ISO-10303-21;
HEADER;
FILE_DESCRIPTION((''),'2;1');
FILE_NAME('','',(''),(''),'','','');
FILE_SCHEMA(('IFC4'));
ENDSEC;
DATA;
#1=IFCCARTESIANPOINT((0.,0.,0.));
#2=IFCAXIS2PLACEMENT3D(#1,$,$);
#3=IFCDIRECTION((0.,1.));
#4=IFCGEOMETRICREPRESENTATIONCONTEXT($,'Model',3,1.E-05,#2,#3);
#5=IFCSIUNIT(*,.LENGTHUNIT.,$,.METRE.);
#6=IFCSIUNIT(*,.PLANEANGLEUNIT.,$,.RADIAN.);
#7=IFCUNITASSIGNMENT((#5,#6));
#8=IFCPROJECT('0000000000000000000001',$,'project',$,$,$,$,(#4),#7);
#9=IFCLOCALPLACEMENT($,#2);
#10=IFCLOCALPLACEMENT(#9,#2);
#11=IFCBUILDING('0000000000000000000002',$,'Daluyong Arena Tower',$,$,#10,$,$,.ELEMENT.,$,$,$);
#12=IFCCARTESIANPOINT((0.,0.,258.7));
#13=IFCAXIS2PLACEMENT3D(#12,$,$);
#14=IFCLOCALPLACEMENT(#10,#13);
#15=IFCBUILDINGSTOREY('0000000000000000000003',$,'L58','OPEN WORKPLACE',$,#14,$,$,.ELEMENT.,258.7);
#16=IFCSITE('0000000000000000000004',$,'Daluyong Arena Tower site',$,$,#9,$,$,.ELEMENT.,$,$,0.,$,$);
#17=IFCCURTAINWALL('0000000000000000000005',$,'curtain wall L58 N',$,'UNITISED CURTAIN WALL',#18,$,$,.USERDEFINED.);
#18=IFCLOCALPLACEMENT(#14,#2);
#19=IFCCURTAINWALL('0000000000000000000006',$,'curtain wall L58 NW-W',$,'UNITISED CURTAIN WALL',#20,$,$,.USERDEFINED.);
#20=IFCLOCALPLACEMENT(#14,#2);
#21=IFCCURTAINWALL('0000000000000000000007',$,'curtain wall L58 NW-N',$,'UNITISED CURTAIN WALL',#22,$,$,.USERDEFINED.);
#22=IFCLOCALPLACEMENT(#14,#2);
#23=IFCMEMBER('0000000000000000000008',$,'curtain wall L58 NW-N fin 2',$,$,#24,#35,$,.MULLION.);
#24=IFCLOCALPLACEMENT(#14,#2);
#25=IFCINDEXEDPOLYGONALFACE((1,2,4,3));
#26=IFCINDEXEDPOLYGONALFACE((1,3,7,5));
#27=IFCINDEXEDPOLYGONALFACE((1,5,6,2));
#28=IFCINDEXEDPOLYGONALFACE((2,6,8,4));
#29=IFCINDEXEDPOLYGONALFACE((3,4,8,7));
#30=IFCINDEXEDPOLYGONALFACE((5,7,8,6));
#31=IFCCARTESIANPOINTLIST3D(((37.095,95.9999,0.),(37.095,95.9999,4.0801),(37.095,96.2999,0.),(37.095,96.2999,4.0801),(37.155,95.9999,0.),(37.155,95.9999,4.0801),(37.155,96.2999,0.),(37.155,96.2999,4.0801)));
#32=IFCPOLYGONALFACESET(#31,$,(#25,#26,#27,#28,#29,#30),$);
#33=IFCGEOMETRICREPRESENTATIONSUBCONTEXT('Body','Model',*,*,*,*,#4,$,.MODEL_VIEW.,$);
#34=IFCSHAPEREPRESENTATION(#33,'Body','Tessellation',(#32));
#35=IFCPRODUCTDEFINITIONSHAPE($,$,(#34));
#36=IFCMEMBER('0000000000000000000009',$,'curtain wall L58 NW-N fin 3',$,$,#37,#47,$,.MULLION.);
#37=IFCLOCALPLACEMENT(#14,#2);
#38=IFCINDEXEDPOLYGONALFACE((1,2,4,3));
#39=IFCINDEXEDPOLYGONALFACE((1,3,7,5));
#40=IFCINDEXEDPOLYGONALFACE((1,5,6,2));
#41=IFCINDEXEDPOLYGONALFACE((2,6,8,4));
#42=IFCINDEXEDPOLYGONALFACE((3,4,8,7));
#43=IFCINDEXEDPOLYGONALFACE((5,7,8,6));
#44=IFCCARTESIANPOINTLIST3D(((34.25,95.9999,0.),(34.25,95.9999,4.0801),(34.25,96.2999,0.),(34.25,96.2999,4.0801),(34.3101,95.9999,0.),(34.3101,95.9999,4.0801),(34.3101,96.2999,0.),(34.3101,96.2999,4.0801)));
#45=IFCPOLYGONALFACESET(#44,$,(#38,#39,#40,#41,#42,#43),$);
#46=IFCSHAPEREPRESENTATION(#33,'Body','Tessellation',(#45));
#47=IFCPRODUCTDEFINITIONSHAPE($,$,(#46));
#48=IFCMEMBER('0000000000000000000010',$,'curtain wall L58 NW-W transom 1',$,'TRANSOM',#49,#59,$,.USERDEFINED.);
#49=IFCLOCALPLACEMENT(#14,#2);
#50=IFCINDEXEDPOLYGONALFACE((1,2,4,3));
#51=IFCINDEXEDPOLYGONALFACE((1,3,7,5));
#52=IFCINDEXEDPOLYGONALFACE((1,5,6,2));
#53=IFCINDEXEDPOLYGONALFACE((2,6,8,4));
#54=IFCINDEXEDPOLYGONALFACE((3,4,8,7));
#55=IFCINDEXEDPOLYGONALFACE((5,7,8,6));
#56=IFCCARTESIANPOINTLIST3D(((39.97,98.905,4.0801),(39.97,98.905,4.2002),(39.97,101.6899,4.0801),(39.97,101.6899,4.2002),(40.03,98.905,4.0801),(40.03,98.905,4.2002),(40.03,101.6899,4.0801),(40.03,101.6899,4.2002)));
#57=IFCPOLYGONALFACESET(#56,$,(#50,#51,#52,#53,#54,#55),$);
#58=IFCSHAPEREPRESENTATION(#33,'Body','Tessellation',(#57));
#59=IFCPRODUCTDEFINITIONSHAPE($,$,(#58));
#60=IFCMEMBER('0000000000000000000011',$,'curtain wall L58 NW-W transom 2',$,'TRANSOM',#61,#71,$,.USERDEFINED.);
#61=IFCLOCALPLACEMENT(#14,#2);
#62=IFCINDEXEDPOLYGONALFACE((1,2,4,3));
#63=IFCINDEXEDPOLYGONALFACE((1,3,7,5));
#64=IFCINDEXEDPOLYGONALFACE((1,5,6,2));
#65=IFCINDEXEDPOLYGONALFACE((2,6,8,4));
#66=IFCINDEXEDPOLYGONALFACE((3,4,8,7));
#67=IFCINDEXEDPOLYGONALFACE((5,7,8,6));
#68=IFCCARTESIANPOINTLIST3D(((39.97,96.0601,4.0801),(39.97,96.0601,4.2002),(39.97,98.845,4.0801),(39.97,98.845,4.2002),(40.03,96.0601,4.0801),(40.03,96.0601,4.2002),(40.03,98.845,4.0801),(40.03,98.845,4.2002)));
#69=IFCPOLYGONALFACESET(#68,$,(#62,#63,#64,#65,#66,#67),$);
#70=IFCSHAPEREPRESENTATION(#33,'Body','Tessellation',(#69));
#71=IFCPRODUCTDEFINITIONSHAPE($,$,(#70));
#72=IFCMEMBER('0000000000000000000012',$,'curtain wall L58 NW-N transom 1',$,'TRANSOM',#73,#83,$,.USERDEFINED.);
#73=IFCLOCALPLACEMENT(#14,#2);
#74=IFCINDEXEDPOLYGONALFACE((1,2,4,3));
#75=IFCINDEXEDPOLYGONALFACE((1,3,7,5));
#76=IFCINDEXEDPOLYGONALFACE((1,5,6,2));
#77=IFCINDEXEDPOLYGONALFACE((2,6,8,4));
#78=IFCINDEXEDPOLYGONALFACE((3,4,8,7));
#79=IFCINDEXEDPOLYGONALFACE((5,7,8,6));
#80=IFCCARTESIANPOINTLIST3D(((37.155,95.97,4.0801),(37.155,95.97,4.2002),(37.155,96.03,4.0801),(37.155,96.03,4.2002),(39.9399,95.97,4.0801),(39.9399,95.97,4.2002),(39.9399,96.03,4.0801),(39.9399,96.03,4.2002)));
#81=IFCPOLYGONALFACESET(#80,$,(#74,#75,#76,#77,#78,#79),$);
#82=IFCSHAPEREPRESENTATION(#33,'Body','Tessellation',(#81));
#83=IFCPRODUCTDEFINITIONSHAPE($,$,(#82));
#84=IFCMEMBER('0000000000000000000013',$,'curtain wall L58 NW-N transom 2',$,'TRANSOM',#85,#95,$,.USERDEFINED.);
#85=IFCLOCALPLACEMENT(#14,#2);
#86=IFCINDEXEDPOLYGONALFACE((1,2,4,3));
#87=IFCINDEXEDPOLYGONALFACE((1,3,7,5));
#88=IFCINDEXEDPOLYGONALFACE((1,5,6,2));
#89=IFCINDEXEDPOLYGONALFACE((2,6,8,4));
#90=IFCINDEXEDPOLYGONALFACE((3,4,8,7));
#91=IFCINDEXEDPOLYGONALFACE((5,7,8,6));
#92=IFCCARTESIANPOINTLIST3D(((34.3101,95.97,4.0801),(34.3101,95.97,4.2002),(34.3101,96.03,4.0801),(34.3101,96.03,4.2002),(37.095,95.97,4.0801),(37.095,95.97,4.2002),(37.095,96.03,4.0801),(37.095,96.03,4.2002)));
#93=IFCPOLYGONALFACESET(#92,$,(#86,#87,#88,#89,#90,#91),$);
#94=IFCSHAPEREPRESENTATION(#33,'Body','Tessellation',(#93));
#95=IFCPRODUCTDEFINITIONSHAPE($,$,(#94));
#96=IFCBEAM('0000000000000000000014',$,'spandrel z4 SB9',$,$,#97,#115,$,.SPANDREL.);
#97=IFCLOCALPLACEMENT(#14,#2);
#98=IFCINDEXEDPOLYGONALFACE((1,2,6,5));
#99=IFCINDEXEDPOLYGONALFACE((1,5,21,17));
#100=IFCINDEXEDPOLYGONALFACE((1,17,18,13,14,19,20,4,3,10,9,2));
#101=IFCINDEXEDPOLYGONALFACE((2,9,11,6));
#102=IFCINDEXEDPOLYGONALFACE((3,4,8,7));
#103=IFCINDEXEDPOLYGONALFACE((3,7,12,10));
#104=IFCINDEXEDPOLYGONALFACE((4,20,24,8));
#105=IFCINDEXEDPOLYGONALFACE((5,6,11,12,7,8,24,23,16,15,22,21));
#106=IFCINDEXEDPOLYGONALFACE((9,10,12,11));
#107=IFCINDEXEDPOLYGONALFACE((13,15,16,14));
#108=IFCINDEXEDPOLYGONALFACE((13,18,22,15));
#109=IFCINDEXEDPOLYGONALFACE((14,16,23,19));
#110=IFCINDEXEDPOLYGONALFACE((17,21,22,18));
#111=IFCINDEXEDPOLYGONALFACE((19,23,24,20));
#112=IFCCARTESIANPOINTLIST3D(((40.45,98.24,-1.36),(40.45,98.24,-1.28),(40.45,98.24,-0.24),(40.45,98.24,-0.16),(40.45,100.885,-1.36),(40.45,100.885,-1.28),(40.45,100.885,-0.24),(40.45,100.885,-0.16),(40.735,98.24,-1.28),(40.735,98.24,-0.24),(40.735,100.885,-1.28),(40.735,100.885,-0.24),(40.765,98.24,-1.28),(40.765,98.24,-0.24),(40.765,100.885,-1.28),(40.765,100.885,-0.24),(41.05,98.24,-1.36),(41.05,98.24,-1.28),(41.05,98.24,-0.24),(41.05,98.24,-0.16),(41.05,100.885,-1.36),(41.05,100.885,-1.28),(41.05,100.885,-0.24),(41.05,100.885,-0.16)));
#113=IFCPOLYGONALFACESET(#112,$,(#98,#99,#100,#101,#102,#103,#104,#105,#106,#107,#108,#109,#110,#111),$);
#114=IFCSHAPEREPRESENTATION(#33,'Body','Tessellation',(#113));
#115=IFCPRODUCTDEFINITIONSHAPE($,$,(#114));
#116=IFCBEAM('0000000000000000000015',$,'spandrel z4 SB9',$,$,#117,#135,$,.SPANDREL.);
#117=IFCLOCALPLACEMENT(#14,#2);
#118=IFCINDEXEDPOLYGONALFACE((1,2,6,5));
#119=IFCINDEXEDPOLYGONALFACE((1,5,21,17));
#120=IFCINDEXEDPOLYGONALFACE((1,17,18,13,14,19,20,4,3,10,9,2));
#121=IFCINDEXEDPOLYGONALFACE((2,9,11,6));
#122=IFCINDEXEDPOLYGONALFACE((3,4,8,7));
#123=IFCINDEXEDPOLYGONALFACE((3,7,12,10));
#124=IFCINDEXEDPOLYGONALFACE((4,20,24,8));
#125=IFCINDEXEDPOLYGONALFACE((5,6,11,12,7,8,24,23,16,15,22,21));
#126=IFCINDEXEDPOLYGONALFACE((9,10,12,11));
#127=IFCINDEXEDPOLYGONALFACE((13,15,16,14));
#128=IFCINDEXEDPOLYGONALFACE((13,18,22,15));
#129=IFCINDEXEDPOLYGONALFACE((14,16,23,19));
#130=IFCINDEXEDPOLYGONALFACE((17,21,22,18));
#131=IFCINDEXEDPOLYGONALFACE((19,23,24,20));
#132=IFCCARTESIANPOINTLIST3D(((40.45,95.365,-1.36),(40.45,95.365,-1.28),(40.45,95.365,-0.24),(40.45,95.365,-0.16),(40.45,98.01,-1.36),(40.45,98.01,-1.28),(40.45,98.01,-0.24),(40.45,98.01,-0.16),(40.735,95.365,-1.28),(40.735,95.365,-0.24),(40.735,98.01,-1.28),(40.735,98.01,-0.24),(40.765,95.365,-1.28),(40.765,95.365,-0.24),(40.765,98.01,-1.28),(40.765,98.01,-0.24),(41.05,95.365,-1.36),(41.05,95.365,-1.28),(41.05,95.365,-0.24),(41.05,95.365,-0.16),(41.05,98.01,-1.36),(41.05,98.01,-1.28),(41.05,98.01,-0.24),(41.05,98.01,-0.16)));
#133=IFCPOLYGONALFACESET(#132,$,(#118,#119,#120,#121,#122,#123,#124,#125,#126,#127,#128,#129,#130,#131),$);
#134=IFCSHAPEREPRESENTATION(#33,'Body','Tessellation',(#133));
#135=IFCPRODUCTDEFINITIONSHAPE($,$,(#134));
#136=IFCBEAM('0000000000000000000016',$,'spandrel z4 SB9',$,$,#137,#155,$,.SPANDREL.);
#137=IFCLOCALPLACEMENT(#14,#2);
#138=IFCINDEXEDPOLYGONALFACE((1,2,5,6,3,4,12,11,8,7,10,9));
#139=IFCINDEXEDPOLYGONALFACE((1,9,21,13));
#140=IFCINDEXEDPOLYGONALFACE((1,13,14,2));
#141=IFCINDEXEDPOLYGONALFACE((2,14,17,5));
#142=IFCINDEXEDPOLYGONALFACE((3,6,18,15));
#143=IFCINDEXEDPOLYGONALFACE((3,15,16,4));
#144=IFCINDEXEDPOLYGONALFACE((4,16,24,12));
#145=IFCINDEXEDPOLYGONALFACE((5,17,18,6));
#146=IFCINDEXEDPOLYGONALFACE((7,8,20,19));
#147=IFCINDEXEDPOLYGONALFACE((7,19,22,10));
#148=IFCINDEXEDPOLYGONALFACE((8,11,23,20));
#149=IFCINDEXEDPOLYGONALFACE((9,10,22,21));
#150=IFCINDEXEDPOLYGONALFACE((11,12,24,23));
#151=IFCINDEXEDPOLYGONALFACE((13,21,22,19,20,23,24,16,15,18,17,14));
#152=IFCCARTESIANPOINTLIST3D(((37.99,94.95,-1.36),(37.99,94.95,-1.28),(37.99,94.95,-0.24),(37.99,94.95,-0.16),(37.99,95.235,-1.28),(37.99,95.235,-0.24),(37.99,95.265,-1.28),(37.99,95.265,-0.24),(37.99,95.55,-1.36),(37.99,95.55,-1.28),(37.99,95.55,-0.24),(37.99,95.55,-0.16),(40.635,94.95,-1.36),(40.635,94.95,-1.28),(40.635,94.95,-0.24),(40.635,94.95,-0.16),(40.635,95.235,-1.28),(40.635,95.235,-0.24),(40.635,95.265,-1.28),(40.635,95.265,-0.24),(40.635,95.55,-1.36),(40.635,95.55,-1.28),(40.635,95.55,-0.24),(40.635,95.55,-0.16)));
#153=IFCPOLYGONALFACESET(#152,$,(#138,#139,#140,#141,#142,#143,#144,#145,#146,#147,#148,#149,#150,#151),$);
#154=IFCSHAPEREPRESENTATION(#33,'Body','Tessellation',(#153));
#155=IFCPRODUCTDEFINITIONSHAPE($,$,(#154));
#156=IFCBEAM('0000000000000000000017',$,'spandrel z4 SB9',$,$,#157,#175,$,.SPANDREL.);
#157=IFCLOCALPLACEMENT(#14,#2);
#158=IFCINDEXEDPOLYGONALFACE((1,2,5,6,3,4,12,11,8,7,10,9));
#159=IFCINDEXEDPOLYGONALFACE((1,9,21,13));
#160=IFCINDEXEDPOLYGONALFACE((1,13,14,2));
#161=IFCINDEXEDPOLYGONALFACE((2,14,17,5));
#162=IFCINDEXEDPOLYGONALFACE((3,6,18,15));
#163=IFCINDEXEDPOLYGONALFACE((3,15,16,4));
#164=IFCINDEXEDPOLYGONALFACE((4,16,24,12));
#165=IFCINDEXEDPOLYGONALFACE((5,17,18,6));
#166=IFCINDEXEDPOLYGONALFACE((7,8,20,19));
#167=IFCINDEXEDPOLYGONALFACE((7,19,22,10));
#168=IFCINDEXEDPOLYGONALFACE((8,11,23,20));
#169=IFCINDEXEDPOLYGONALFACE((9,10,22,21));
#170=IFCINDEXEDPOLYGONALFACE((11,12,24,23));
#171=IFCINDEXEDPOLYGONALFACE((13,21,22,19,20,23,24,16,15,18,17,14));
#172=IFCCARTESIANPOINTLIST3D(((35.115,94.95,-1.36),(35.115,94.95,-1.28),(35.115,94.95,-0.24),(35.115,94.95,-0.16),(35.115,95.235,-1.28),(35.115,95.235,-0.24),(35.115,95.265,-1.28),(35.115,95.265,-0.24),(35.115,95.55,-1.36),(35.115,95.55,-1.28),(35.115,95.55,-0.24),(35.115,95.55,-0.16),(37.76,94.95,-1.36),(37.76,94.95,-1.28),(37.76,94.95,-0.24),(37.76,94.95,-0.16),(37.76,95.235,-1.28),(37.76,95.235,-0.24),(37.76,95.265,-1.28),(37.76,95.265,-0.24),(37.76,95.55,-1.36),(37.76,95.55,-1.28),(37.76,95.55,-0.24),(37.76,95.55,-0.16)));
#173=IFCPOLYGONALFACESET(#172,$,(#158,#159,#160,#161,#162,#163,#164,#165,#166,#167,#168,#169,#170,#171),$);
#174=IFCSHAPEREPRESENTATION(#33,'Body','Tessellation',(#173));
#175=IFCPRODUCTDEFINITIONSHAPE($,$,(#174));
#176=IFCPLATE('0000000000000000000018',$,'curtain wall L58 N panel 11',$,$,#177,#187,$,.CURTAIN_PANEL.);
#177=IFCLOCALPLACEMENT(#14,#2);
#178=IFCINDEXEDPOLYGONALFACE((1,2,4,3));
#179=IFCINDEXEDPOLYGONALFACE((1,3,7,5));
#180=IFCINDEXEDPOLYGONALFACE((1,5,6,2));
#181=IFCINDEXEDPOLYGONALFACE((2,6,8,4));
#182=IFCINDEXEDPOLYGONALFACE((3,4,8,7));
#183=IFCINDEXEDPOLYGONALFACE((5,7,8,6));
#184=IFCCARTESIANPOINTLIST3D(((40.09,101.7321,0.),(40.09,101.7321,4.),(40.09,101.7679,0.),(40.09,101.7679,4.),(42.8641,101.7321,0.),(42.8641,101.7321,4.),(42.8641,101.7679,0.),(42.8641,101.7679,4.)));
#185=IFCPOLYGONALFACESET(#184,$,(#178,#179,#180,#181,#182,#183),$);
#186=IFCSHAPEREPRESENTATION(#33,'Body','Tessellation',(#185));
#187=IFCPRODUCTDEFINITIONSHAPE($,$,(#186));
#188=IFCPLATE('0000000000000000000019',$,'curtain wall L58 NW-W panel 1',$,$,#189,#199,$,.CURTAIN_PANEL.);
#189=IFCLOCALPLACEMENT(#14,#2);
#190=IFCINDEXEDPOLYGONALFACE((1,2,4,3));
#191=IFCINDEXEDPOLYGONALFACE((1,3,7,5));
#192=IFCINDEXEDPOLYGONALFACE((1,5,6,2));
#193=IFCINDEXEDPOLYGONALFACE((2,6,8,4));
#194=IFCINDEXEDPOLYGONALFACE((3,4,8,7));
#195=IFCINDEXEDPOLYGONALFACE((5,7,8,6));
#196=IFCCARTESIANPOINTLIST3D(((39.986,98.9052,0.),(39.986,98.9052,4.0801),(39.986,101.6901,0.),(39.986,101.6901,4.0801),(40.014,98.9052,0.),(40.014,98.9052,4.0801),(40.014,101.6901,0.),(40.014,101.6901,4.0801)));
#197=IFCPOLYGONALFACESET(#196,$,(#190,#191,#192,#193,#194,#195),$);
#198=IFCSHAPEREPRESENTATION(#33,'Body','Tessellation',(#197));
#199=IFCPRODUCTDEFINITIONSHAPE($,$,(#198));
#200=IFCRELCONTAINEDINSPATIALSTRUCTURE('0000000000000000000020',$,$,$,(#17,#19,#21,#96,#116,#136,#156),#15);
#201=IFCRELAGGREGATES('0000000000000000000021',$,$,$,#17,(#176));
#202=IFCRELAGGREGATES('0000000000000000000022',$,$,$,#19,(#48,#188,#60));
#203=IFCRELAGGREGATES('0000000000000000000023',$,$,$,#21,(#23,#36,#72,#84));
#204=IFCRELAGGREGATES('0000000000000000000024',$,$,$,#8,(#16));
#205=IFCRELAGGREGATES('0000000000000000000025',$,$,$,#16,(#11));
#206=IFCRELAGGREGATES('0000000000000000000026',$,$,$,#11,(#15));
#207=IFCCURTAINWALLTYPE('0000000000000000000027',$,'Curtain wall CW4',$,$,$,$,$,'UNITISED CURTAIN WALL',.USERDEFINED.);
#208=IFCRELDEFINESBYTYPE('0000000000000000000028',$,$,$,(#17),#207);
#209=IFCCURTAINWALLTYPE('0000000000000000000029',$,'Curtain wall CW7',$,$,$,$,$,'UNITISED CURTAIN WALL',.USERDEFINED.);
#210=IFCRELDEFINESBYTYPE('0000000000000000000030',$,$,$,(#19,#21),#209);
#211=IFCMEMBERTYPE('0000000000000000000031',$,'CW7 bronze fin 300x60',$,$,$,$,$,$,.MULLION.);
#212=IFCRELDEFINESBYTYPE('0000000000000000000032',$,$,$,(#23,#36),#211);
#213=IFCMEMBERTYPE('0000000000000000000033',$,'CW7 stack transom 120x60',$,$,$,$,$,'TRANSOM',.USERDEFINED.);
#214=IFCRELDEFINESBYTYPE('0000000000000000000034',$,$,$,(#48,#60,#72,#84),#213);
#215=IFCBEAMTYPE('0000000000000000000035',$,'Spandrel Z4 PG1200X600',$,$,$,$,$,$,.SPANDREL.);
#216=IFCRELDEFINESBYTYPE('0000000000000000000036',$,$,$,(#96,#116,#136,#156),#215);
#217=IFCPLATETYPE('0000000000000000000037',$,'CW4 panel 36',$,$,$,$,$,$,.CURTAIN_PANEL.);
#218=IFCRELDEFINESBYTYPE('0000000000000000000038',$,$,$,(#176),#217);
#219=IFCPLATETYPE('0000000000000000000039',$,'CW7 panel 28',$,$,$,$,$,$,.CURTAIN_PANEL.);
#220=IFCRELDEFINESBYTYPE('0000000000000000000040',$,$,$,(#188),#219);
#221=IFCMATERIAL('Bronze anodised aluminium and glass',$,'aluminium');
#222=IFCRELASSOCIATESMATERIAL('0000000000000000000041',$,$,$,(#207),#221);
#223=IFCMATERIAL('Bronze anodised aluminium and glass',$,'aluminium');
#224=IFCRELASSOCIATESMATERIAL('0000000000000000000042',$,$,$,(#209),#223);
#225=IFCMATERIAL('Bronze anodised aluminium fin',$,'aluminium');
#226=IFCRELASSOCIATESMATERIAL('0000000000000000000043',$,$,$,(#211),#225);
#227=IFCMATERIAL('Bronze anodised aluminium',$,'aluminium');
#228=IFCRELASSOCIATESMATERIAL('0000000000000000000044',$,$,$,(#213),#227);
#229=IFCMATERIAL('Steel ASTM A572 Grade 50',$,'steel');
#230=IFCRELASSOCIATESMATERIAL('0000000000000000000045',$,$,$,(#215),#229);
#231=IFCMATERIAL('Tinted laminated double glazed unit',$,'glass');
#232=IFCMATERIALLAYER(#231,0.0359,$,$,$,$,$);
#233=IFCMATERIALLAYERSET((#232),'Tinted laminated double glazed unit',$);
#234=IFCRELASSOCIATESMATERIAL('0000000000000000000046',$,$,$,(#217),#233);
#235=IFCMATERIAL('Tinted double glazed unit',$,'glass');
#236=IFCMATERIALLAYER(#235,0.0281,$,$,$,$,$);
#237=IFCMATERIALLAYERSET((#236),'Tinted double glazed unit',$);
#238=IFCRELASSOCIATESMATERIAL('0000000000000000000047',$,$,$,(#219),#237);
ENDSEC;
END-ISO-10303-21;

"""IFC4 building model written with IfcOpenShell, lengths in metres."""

from ifc_helpers import new_model, si_unit, direction, frame, origin, origin_2d, place, context, subcontext, project, spatial, rectangle, i_section, extrude, material, layer, layer_set, material_profile, profile_set, type_object, element, aggregate, save


model = new_model("IFC4")

# Units and contexts
model_context = context("Model", 3, precision=1e-05, world=origin(), true_north=direction((0.0, 1.0)))
body_context = subcontext(model_context, "Body", "Model", "MODEL_VIEW")
ifc_project = project(units=[si_unit("LENGTHUNIT", "METRE"), si_unit("PLANEANGLEUNIT", "RADIAN")], contexts=[model_context])

# Site, building, storey
site_placement = place(None, origin())
site = spatial("IfcSite", under=ifc_project, at=site_placement, Name="Daluyong Arena Tower site", CompositionType="ELEMENT", RefElevation=0.0)
building_placement = place(site_placement, origin())
building = spatial("IfcBuilding", under=site, at=building_placement, Name="Daluyong Arena Tower", CompositionType="ELEMENT")
storey_placement = place(building_placement, frame((0.0, 0.0, 258.7)))
storey = spatial("IfcBuildingStorey", under=building, at=storey_placement, Name="L58", Description="OPEN WORKPLACE", CompositionType="ELEMENT", Elevation=258.7)

# Curtain wall
ifc_material_1 = material(Name="Bronze anodised aluminium and glass", Category="aluminium")
curtain_wall_type_1 = type_object("IfcCurtainWallType", Name="Curtain wall CW4", ElementType="UNITISED CURTAIN WALL", PredefinedType="USERDEFINED", material=ifc_material_1)
curtain_wall_1_placement = place(storey_placement, origin())
curtain_wall_1 = element("IfcCurtainWall", 1, at=curtain_wall_1_placement, inside=storey, type_object=curtain_wall_type_1, Name="curtain wall L58 N", ObjectType="UNITISED CURTAIN WALL", PredefinedType="USERDEFINED")

# Curtain walls, members
ifc_material_2 = material(Name="Bronze anodised aluminium and glass", Category="aluminium")
curtain_wall_type_2 = type_object("IfcCurtainWallType", Name="Curtain wall CW7", ElementType="UNITISED CURTAIN WALL", PredefinedType="USERDEFINED", material=ifc_material_2)
curtain_wall_2_placement = place(storey_placement, origin())
curtain_wall_2 = element("IfcCurtainWall", 2, at=curtain_wall_2_placement, inside=storey, type_object=curtain_wall_type_2, Name="curtain wall L58 NW-W", ObjectType="UNITISED CURTAIN WALL", PredefinedType="USERDEFINED")
ifc_material_3 = material(Name="Bronze anodised aluminium fin", Category="aluminium")
ifc_material_profile_1 = material_profile(ifc_material_3, rectangle(XDim=0.3, YDim=0.0601, at=origin_2d()))
ifc_profile_set_1 = profile_set([ifc_material_profile_1], Name="Bronze anodised aluminium fin")
member_type_1 = type_object("IfcMemberType", Name="CW7 bronze fin 300x60", PredefinedType="MULLION", material=ifc_profile_set_1)
curtain_wall_3_placement = place(storey_placement, origin())
curtain_wall_3 = element("IfcCurtainWall", 3, at=curtain_wall_3_placement, inside=storey, type_object=curtain_wall_type_2, Name="curtain wall L58 NW-N", ObjectType="UNITISED CURTAIN WALL", PredefinedType="USERDEFINED")
member_1_placement = place(storey_placement, frame((37.125, 96.1499, 0.0), z_axis=(0.0, 0.0, 1.0), x_axis=(0.0, -1.0, 0.0)))
member_1 = element("IfcMember", 4, at=member_1_placement, type_object=member_type_1, Name="curtain wall L58 NW-N fin 2", PredefinedType="MULLION", context=body_context, shape_type="SweptSolid", body=[
    extrude(rectangle(XDim=0.3, YDim=0.0601, at=origin_2d()), origin(), (0.0, 0.0, 1.0), 4.0801),
])
member_2_placement = place(storey_placement, frame((34.28, 96.1499, 0.0), z_axis=(0.0, 0.0, 1.0), x_axis=(0.0, -1.0, 0.0)))
member_2 = element("IfcMember", 5, at=member_2_placement, type_object=member_type_1, Name="curtain wall L58 NW-N fin 3", PredefinedType="MULLION", context=body_context, shape_type="SweptSolid", body=[
    extrude(rectangle(XDim=0.3, YDim=0.0601, at=origin_2d()), origin(), (0.0, 0.0, 1.0), 4.0801),
])

# Members
ifc_material_4 = material(Name="Bronze anodised aluminium", Category="aluminium")
ifc_material_profile_2 = material_profile(ifc_material_4, rectangle(XDim=0.0601, YDim=0.1201, at=origin_2d()))
ifc_profile_set_2 = profile_set([ifc_material_profile_2], Name="Bronze anodised aluminium")
member_type_2 = type_object("IfcMemberType", Name="CW7 stack transom 120x60", ElementType="TRANSOM", PredefinedType="USERDEFINED", material=ifc_profile_set_2)
member_3_placement = place(storey_placement, frame((40.0, 101.6899, 4.1401), z_axis=(0.0, -1.0, 0.0), x_axis=(1.0, 0.0, 0.0)))
member_3 = element("IfcMember", 6, at=member_3_placement, type_object=member_type_2, Name="curtain wall L58 NW-W transom 1", ObjectType="TRANSOM", PredefinedType="USERDEFINED", context=body_context, shape_type="SweptSolid", body=[
    extrude(rectangle(XDim=0.0601, YDim=0.1201, at=origin_2d()), origin(), (0.0, 0.0, 1.0), 2.7849),
])
member_4_placement = place(storey_placement, frame((40.0, 98.845, 4.1401), z_axis=(0.0, -1.0, 0.0), x_axis=(1.0, 0.0, 0.0)))
member_4 = element("IfcMember", 7, at=member_4_placement, type_object=member_type_2, Name="curtain wall L58 NW-W transom 2", ObjectType="TRANSOM", PredefinedType="USERDEFINED", context=body_context, shape_type="SweptSolid", body=[
    extrude(rectangle(XDim=0.0601, YDim=0.1201, at=origin_2d()), origin(), (0.0, 0.0, 1.0), 2.7849),
])
member_5_placement = place(storey_placement, frame((39.9399, 96.0, 4.1401), z_axis=(-1.0, 0.0, 0.0), x_axis=(0.0, -1.0, 0.0)))
member_5 = element("IfcMember", 8, at=member_5_placement, type_object=member_type_2, Name="curtain wall L58 NW-N transom 1", ObjectType="TRANSOM", PredefinedType="USERDEFINED", context=body_context, shape_type="SweptSolid", body=[
    extrude(rectangle(XDim=0.0601, YDim=0.1201, at=origin_2d()), origin(), (0.0, 0.0, 1.0), 2.7849),
])
member_6_placement = place(storey_placement, frame((37.095, 96.0, 4.1401), z_axis=(-1.0, 0.0, 0.0), x_axis=(0.0, -1.0, 0.0)))
member_6 = element("IfcMember", 9, at=member_6_placement, type_object=member_type_2, Name="curtain wall L58 NW-N transom 2", ObjectType="TRANSOM", PredefinedType="USERDEFINED", context=body_context, shape_type="SweptSolid", body=[
    extrude(rectangle(XDim=0.0601, YDim=0.1201, at=origin_2d()), origin(), (0.0, 0.0, 1.0), 2.7849),
])

# Beams
ifc_material_5 = material(Name="Steel ASTM A572 Grade 50", Category="steel")
ifc_material_profile_3 = material_profile(ifc_material_5, i_section(OverallWidth=0.6001, OverallDepth=1.2, WebThickness=0.03, FlangeThickness=0.08, at=origin_2d()))
ifc_profile_set_3 = profile_set([ifc_material_profile_3], Name="Steel ASTM A572 Grade 50")
beam_type = type_object("IfcBeamType", Name="Spandrel Z4 PG1200X600", PredefinedType="SPANDREL", material=ifc_profile_set_3)
for number, where, z_axis, x_axis, name in (
    (10, (40.75, 100.885, -0.76), (0.0, -1.0, 0.0), (1.0, 0.0, 0.0), "spandrel z4 SB9"),
    (11, (40.75, 98.01, -0.76), (0.0, -1.0, 0.0), (1.0, 0.0, 0.0), "spandrel z4 SB9"),
    (12, (40.635, 95.25, -0.76), (-1.0, 0.0, 0.0), (0.0, -1.0, 0.0), "spandrel z4 SB9"),
    (13, (37.76, 95.25, -0.76), (-1.0, 0.0, 0.0), (0.0, -1.0, 0.0), "spandrel z4 SB9"),
):
    element("IfcBeam", number, at=place(storey_placement, frame(where, z_axis=z_axis, x_axis=x_axis)), inside=storey, type_object=beam_type, Name=name, PredefinedType="SPANDREL", context=body_context, shape_type="SweptSolid", body=[
        extrude(i_section(OverallWidth=0.6001, OverallDepth=1.2, WebThickness=0.03, FlangeThickness=0.08, at=origin_2d()), origin(), (0.0, 0.0, 1.0), 2.645),
    ])

# Plates
ifc_material_6 = material(Name="Tinted laminated double glazed unit", Category="glass")
ifc_layer_1 = layer(ifc_material_6, 0.0359)
ifc_layer_set_1 = layer_set([ifc_layer_1], Name="Tinted laminated double glazed unit")
plate_type_1 = type_object("IfcPlateType", Name="CW4 panel 36", PredefinedType="CURTAIN_PANEL", material=ifc_layer_set_1)
plate_1_placement = place(storey_placement, frame((41.4771, 101.75, 0.0), z_axis=(0.0, 0.0, 1.0), x_axis=(-1.0, 0.0, 0.0)))
plate_1 = element("IfcPlate", 14, at=plate_1_placement, type_object=plate_type_1, Name="curtain wall L58 N panel 11", PredefinedType="CURTAIN_PANEL", context=body_context, shape_type="SweptSolid", body=[
    extrude(rectangle(XDim=2.7742, YDim=0.0359, at=origin_2d()), origin(), (0.0, 0.0, 1.0), 4.0),
])
aggregate(curtain_wall_1, [plate_1])
ifc_material_7 = material(Name="Tinted double glazed unit", Category="glass")
ifc_layer_2 = layer(ifc_material_7, 0.0281)
ifc_layer_set_2 = layer_set([ifc_layer_2], Name="Tinted double glazed unit")
plate_type_2 = type_object("IfcPlateType", Name="CW7 panel 28", PredefinedType="CURTAIN_PANEL", material=ifc_layer_set_2)
plate_2_placement = place(storey_placement, frame((40.0, 100.2976, 0.0), z_axis=(0.0, 0.0, 1.0), x_axis=(0.0, -1.0, 0.0)))
plate_2 = element("IfcPlate", 15, at=plate_2_placement, type_object=plate_type_2, Name="curtain wall L58 NW-W panel 1", PredefinedType="CURTAIN_PANEL", context=body_context, shape_type="SweptSolid", body=[
    extrude(rectangle(XDim=2.7849, YDim=0.0281, at=origin_2d()), origin(), (0.0, 0.0, 1.0), 4.0801),
])
aggregate(curtain_wall_2, [member_3, plate_2, member_4])
aggregate(curtain_wall_3, [member_1, member_2, member_5, member_6])

save(model, "model.ifc")
